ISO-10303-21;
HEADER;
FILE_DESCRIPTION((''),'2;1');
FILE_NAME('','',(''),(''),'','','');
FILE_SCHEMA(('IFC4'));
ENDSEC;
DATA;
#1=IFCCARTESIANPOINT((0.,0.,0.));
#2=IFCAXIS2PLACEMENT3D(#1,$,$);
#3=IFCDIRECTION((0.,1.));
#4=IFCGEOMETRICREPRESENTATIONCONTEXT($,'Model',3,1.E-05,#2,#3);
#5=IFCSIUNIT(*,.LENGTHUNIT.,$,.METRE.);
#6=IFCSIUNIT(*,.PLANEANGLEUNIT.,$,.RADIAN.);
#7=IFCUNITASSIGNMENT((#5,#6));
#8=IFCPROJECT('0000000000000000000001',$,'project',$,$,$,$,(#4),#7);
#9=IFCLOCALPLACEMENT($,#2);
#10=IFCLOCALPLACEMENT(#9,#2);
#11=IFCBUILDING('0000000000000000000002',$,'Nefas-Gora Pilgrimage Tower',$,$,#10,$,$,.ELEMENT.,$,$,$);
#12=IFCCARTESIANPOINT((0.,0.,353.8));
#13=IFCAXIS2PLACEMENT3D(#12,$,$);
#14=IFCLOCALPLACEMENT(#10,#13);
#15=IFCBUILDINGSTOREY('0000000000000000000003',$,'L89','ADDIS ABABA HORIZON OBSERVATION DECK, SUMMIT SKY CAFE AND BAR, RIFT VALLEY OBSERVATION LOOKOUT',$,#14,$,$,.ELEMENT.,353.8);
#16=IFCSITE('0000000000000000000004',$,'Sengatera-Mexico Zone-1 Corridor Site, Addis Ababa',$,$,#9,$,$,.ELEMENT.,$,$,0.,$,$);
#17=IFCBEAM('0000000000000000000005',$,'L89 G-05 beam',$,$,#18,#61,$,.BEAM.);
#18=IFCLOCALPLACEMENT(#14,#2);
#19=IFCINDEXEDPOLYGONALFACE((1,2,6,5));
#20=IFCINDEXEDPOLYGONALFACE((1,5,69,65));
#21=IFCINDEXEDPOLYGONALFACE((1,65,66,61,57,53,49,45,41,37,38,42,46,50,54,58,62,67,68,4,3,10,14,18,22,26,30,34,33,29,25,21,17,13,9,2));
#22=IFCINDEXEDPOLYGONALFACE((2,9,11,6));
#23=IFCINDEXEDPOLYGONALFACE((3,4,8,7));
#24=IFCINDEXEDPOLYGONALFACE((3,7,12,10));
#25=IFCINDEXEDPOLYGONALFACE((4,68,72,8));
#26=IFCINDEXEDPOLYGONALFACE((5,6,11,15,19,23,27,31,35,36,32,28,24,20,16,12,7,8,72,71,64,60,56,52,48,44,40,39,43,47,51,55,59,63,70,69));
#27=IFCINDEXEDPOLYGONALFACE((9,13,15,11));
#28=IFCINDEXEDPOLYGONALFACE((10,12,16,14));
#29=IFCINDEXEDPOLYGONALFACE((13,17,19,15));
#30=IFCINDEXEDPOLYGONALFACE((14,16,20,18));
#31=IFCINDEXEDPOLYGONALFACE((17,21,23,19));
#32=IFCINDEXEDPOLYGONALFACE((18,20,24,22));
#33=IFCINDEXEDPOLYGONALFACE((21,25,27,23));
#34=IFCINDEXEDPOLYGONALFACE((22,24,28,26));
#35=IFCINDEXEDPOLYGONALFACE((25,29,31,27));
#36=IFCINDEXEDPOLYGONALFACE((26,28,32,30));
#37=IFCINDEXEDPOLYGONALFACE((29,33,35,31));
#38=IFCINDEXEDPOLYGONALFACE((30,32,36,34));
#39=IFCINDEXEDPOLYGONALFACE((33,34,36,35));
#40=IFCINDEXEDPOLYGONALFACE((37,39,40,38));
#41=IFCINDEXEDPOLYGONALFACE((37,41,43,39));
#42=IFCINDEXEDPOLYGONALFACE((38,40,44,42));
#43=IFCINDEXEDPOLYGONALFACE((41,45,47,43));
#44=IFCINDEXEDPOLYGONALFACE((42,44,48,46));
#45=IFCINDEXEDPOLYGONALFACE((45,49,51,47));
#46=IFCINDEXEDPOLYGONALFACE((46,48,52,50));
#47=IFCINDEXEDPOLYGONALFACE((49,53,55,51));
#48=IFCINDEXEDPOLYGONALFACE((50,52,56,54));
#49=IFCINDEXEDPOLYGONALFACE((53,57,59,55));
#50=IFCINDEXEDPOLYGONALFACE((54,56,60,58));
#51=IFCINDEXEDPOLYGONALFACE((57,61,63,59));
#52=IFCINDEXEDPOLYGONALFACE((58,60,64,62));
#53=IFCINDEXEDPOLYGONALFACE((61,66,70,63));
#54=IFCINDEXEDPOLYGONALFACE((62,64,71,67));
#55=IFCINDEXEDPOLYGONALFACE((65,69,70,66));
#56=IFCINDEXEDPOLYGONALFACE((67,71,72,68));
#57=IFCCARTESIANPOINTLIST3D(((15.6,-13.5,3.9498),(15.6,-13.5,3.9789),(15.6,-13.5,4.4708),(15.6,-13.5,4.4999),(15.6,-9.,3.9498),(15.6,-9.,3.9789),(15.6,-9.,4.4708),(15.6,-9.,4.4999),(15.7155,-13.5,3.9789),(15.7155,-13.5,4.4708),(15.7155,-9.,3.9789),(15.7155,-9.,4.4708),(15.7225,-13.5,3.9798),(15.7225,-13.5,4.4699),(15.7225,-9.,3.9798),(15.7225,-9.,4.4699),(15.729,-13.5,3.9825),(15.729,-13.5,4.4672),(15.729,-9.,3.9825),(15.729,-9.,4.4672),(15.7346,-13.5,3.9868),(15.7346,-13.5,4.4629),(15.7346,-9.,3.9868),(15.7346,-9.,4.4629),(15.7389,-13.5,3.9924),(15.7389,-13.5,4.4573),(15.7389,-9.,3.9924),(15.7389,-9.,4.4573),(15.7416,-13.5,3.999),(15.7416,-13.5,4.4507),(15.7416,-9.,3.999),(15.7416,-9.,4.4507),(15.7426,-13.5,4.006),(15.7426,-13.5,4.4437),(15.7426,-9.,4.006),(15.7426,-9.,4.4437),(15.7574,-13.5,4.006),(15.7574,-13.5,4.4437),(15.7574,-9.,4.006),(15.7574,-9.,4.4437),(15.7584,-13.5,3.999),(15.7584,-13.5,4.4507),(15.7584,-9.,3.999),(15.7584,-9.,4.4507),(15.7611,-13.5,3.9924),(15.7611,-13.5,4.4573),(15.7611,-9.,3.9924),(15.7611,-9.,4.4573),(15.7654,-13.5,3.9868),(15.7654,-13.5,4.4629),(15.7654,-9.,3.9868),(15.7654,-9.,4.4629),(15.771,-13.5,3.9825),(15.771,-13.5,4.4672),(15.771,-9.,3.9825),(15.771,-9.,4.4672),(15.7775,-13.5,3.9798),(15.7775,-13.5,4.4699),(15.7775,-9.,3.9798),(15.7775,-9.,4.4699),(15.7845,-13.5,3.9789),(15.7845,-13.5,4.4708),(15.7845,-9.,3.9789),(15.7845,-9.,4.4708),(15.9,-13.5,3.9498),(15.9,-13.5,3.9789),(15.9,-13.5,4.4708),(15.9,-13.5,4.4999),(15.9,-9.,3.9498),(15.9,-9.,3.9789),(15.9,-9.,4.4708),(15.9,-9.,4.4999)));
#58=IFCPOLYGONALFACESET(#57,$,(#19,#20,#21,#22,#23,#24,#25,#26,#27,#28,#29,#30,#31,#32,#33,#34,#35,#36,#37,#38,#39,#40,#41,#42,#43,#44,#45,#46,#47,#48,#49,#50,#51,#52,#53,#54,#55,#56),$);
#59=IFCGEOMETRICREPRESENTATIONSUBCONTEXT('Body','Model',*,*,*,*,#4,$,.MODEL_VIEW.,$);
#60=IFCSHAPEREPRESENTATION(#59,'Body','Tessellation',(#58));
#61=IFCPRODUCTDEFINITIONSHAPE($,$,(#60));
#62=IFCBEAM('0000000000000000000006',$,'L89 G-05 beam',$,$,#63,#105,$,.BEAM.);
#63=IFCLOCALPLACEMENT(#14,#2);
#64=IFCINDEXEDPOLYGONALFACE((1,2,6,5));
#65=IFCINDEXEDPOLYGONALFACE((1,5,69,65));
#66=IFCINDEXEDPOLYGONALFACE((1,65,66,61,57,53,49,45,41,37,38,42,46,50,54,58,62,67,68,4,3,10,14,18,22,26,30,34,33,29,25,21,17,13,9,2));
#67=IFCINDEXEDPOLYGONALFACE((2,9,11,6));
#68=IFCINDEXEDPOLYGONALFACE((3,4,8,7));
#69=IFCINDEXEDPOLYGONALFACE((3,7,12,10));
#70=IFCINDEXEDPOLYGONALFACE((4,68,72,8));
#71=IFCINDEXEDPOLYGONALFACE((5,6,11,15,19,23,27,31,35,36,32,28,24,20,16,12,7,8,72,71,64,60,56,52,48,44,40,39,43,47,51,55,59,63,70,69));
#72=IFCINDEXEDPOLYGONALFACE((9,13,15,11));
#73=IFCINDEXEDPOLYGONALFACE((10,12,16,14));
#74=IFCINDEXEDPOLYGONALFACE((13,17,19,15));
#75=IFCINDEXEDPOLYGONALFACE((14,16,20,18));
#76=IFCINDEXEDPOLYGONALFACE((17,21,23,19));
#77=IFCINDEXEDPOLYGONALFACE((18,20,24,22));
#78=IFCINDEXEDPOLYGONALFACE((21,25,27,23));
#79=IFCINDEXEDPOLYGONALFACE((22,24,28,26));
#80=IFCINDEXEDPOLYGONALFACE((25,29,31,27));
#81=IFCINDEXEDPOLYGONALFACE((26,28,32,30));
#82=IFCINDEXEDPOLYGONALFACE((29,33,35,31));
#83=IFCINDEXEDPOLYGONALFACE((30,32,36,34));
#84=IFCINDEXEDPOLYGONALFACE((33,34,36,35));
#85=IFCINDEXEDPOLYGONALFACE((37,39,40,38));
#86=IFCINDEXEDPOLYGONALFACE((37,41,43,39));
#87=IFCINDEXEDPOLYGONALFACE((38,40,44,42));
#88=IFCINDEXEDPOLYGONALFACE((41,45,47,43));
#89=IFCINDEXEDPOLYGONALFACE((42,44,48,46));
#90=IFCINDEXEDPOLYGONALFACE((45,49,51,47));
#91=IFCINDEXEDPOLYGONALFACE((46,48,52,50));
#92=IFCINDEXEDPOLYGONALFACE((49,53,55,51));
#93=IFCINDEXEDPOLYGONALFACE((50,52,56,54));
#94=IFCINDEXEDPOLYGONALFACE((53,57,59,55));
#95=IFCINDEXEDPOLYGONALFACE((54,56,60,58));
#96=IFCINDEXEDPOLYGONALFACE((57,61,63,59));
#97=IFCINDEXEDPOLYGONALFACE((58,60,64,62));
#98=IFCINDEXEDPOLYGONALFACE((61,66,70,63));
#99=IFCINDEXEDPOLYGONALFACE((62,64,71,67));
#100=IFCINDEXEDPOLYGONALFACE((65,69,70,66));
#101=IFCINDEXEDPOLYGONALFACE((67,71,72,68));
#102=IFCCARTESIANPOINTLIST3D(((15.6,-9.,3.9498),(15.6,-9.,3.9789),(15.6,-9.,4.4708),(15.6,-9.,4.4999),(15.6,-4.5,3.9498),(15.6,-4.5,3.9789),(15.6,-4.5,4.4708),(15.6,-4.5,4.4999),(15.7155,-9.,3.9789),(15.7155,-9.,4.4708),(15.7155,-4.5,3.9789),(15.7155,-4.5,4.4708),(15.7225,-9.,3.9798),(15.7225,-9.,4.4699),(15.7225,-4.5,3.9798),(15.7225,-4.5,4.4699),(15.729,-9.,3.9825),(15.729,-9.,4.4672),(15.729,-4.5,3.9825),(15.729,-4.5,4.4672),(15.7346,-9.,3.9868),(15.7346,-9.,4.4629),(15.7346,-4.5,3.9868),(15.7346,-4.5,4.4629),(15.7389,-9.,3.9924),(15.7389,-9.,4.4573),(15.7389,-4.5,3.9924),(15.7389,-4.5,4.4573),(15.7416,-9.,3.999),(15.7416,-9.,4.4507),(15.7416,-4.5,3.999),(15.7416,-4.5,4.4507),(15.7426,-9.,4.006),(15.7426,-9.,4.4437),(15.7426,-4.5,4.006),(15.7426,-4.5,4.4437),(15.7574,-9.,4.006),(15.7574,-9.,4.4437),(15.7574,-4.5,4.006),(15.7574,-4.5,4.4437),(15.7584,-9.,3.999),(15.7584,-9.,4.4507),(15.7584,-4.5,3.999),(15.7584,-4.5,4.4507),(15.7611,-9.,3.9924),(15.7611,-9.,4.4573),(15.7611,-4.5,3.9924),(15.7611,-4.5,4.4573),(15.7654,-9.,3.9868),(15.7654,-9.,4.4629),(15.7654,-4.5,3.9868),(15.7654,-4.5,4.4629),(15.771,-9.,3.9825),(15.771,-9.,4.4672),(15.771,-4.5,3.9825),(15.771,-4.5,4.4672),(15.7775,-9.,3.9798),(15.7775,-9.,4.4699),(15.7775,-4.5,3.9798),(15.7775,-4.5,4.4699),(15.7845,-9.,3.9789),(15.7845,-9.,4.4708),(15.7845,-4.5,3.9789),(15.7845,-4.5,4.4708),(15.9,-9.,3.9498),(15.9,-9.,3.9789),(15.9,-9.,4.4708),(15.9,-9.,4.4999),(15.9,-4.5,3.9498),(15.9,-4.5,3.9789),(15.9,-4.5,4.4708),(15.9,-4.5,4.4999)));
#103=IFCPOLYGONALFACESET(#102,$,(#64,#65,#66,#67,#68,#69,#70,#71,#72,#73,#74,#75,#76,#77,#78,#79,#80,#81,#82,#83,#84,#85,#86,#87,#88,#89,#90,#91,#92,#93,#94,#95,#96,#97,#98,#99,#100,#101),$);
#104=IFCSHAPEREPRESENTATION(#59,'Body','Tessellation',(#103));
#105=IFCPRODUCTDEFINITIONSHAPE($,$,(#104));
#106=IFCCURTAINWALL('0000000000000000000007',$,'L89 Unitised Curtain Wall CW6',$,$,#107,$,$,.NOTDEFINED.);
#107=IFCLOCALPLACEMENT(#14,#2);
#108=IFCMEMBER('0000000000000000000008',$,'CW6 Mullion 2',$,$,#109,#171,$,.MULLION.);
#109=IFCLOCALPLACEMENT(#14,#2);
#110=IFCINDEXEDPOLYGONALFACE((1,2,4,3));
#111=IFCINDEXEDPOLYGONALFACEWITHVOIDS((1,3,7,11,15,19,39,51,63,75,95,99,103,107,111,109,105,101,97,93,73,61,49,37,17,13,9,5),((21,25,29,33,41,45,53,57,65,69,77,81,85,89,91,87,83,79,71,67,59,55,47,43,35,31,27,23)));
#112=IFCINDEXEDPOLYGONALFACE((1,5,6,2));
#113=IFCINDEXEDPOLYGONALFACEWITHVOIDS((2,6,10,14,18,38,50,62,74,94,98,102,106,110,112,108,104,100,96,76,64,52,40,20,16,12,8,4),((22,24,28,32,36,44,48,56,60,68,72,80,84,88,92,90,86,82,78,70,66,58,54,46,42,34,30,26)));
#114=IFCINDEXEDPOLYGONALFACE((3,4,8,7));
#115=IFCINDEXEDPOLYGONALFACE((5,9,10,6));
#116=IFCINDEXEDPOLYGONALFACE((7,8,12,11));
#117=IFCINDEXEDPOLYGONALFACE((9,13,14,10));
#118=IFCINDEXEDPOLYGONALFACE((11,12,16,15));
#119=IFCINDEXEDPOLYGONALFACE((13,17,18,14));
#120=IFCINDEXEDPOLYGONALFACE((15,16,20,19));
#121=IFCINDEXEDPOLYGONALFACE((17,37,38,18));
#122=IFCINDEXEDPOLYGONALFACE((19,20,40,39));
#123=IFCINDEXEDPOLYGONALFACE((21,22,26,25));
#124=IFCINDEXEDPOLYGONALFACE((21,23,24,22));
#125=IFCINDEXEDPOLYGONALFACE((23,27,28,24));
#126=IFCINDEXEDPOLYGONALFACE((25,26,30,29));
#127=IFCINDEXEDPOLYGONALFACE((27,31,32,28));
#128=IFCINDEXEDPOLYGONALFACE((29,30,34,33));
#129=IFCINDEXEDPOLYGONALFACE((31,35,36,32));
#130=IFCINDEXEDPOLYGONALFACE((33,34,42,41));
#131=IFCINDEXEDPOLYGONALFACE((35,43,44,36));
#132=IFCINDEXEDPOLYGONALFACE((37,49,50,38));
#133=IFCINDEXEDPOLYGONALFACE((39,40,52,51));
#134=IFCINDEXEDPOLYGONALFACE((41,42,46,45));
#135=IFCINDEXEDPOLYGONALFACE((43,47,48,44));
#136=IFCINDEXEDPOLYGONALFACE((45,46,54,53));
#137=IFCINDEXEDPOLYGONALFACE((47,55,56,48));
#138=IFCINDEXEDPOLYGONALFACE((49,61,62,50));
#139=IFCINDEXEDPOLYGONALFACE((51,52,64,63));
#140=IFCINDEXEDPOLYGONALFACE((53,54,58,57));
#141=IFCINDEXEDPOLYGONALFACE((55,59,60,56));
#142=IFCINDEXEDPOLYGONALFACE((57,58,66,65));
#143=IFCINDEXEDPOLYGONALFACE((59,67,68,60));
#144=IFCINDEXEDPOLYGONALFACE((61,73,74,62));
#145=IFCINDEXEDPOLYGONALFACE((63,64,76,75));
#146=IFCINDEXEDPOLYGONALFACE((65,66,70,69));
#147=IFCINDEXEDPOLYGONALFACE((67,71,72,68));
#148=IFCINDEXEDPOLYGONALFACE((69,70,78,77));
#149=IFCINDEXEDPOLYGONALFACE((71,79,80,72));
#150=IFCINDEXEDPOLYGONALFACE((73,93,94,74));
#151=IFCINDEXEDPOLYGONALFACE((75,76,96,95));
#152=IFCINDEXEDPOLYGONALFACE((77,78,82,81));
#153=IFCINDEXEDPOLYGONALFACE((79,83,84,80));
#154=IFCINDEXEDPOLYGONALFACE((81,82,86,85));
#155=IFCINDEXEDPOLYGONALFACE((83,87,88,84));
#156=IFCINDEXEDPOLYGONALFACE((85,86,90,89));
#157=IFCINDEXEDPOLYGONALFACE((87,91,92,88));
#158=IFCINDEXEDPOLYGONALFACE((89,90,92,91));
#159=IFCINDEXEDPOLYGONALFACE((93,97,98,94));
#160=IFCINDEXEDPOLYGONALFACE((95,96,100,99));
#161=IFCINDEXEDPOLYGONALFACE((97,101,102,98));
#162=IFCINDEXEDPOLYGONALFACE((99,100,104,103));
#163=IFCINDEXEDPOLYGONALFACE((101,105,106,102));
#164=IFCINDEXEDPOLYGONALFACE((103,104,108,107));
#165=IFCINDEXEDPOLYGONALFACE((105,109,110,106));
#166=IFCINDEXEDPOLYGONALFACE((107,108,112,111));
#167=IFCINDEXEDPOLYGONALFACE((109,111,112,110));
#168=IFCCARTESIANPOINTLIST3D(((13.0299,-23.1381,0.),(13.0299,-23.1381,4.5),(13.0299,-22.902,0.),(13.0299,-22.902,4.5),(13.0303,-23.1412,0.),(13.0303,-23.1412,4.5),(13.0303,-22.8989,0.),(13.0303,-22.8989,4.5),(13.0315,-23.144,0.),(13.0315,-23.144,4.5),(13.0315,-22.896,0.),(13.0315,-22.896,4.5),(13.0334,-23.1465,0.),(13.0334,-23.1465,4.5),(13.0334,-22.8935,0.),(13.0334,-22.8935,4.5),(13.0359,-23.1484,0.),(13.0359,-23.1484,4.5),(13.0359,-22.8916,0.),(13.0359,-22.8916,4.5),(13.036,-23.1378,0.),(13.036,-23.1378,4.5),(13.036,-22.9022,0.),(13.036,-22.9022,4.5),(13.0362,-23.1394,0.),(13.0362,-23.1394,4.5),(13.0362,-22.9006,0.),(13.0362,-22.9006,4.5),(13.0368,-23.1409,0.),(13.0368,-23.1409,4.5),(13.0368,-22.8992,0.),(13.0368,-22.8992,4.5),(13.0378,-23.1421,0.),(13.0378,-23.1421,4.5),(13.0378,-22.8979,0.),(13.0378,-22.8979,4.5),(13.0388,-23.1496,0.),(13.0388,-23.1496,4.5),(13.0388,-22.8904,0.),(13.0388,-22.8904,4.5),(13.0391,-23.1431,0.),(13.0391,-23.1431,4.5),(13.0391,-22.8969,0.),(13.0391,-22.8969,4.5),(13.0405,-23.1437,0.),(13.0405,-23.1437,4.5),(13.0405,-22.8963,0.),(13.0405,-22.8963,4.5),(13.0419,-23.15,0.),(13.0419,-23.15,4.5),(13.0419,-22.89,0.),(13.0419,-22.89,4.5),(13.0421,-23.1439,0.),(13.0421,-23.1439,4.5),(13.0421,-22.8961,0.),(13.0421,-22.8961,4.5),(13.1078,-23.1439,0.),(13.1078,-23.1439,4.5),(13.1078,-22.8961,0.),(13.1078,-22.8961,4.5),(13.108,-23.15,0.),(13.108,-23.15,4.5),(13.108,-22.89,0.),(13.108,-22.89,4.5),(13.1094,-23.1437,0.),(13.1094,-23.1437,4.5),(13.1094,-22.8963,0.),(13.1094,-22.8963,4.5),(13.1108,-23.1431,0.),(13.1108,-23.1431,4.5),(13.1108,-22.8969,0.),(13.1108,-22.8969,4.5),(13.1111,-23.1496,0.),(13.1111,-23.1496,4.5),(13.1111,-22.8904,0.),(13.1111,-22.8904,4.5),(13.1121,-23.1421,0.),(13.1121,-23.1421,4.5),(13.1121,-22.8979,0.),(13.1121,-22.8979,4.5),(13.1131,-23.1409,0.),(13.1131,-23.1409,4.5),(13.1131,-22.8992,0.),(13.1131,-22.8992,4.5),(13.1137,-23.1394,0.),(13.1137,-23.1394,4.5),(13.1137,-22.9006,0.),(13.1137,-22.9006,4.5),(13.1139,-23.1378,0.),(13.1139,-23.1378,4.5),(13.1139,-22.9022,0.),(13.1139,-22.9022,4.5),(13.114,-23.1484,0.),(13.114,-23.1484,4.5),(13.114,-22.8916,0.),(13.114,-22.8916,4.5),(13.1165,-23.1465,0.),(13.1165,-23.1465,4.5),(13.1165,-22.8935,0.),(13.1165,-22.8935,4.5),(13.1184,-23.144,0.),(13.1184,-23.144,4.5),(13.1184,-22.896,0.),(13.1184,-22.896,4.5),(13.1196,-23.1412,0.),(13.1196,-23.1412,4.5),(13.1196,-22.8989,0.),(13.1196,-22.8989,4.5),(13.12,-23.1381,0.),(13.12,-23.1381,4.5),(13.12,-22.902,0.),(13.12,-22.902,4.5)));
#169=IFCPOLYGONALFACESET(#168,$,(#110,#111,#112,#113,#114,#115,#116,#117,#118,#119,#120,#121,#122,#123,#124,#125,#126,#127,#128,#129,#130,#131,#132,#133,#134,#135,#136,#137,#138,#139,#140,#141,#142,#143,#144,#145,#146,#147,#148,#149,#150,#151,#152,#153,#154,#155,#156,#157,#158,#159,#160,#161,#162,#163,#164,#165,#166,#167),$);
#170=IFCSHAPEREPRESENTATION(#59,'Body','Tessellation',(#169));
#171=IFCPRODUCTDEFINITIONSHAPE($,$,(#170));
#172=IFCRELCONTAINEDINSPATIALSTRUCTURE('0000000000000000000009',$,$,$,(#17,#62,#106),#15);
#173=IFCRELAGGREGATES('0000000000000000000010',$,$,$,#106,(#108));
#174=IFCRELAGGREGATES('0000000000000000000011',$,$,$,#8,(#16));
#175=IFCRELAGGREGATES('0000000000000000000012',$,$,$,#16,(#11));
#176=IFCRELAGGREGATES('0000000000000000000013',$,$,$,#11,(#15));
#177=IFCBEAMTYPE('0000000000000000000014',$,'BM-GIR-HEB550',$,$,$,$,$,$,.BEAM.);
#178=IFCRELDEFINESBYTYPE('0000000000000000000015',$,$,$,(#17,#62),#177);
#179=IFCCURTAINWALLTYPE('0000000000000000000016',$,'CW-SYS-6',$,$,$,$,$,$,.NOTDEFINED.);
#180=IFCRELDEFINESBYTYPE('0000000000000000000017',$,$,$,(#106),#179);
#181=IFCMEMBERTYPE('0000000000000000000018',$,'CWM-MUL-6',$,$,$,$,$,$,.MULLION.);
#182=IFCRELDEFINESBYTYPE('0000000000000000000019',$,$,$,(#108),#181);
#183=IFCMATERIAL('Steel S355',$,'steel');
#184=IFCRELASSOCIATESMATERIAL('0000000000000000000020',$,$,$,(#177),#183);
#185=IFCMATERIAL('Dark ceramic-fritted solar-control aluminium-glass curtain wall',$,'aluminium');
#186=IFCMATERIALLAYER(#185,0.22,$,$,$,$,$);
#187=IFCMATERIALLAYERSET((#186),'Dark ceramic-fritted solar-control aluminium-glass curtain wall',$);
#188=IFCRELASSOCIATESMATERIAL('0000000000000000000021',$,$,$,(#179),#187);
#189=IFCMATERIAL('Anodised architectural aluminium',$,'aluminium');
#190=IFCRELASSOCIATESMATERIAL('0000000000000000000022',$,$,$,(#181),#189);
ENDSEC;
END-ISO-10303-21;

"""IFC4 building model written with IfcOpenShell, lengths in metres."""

from ifc_helpers import new_model, si_unit, direction, frame, origin, origin_2d, place, context, subcontext, project, spatial, hollow_rectangle, i_section, extrude, source, transform, mapped, material, layer, layer_set, material_profile, profile_set, type_object, element, aggregate, save


model = new_model("IFC4")

# Units and contexts
model_context = context("Model", 3, precision=1e-05, world=origin(), true_north=direction((0.0, 1.0)))
body_context = subcontext(model_context, "Body", "Model", "MODEL_VIEW")
ifc_project = project(units=[si_unit("LENGTHUNIT", "METRE"), si_unit("PLANEANGLEUNIT", "RADIAN")], contexts=[model_context])

# Site, building, storey
site_placement = place(None, origin())
site = spatial("IfcSite", under=ifc_project, at=site_placement, Name="Sengatera-Mexico Zone-1 Corridor Site, Addis Ababa", CompositionType="ELEMENT", RefElevation=0.0)
building_placement = place(site_placement, origin())
building = spatial("IfcBuilding", under=site, at=building_placement, Name="Nefas-Gora Pilgrimage Tower", CompositionType="ELEMENT")
storey_placement = place(building_placement, frame((0.0, 0.0, 353.8)))
storey = spatial("IfcBuildingStorey", under=building, at=storey_placement, Name="L89", Description="ADDIS ABABA HORIZON OBSERVATION DECK, SUMMIT SKY CAFE AND BAR, RIFT VALLEY OBSERVATION LOOKOUT", CompositionType="ELEMENT", Elevation=353.8)

# Shared definitions
ifc_material_1 = material(Name="Steel S355", Category="steel")

# Beams
ifc_material_profile_1 = material_profile(ifc_material_1, i_section(OverallWidth=0.3, OverallDepth=0.55, WebThickness=0.0149, FlangeThickness=0.0291, FilletRadius=0.0271, at=origin_2d()), Name="HEB 550")
ifc_profile_set_1 = profile_set([ifc_material_profile_1], Name="Steel S355")
beam_type = type_object("IfcBeamType", Name="BM-GIR-HEB550", PredefinedType="BEAM", material=ifc_profile_set_1)
shared_shape_1 = source(origin(), body_context, "Body", "SweptSolid", [
    extrude(i_section(OverallWidth=0.3, OverallDepth=0.55, WebThickness=0.0149, FlangeThickness=0.0291, FilletRadius=0.0271, at=origin_2d()), origin(), (0.0, 0.0, 1.0), 4.5),
])
for number, where, z_axis, x_axis, name in (
    (1, (15.75, -13.5, 4.2249), (0.0, 1.0, 0.0), (-1.0, 0.0, 0.0), "L89 G-05 beam"),
    (2, (15.75, -9.0, 4.2249), (0.0, 1.0, 0.0), (-1.0, 0.0, 0.0), "L89 G-05 beam"),
):
    element("IfcBeam", number, at=place(storey_placement, frame(where, z_axis=z_axis, x_axis=x_axis)), inside=storey, type_object=beam_type, Name=name, PredefinedType="BEAM", context=body_context, shape_type="MappedRepresentation", body=[
        mapped(shared_shape_1, transform((0.0, 0.0, 0.0), x_axis=(1.0, 0.0, 0.0), y_axis=(0.0, 1.0, 0.0), z_axis=(0.0, 0.0, 1.0), scale=1.0)),
    ])

# Curtain wall, member
ifc_material_2 = material(Name="Dark ceramic-fritted solar-control aluminium-glass curtain wall", Category="aluminium")
ifc_layer_1 = layer(ifc_material_2, 0.22)
ifc_layer_set_1 = layer_set([ifc_layer_1], Name="Dark ceramic-fritted solar-control aluminium-glass curtain wall")
curtain_wall_type = type_object("IfcCurtainWallType", Name="CW-SYS-6", PredefinedType="NOTDEFINED", material=ifc_layer_set_1)
curtain_wall_1_placement = place(storey_placement, origin())
curtain_wall_1 = element("IfcCurtainWall", 3, at=curtain_wall_1_placement, inside=storey, type_object=curtain_wall_type, Name="L89 Unitised Curtain Wall CW6", PredefinedType="NOTDEFINED")
ifc_material_3 = material(Name="Anodised architectural aluminium", Category="aluminium")
ifc_material_profile_2 = material_profile(ifc_material_3, hollow_rectangle(XDim=0.0901, YDim=0.26, WallThickness=0.0061, InnerFilletRadius=0.0061, OuterFilletRadius=0.012, at=origin_2d()), Name="ALU MULLION 90x260")
ifc_profile_set_2 = profile_set([ifc_material_profile_2], Name="Anodised architectural aluminium")
member_type_1 = type_object("IfcMemberType", Name="CWM-MUL-6", PredefinedType="MULLION", material=ifc_profile_set_2)
shared_shape_2 = source(origin(), body_context, "Body", "SweptSolid", [
    extrude(hollow_rectangle(XDim=0.0901, YDim=0.26, WallThickness=0.0061, InnerFilletRadius=0.0061, OuterFilletRadius=0.012, at=origin_2d()), origin(), (0.0, 0.0, 1.0), 4.5),
])
member_1_placement = place(storey_placement, frame((13.075, -23.02, 0.0), z_axis=(0.0, 0.0, 1.0), x_axis=(1.0, 0.0, 0.0)))
member_1 = element("IfcMember", 4, at=member_1_placement, type_object=member_type_1, Name="CW6 Mullion 2", PredefinedType="MULLION", context=body_context, shape_type="MappedRepresentation", body=[
    mapped(shared_shape_2, transform((0.0, 0.0, 0.0), x_axis=(1.0, 0.0, 0.0), y_axis=(0.0, 1.0, 0.0), z_axis=(0.0, 0.0, 1.0), scale=1.0)),
])
aggregate(curtain_wall_1, [member_1])

save(model, "model.ifc")
